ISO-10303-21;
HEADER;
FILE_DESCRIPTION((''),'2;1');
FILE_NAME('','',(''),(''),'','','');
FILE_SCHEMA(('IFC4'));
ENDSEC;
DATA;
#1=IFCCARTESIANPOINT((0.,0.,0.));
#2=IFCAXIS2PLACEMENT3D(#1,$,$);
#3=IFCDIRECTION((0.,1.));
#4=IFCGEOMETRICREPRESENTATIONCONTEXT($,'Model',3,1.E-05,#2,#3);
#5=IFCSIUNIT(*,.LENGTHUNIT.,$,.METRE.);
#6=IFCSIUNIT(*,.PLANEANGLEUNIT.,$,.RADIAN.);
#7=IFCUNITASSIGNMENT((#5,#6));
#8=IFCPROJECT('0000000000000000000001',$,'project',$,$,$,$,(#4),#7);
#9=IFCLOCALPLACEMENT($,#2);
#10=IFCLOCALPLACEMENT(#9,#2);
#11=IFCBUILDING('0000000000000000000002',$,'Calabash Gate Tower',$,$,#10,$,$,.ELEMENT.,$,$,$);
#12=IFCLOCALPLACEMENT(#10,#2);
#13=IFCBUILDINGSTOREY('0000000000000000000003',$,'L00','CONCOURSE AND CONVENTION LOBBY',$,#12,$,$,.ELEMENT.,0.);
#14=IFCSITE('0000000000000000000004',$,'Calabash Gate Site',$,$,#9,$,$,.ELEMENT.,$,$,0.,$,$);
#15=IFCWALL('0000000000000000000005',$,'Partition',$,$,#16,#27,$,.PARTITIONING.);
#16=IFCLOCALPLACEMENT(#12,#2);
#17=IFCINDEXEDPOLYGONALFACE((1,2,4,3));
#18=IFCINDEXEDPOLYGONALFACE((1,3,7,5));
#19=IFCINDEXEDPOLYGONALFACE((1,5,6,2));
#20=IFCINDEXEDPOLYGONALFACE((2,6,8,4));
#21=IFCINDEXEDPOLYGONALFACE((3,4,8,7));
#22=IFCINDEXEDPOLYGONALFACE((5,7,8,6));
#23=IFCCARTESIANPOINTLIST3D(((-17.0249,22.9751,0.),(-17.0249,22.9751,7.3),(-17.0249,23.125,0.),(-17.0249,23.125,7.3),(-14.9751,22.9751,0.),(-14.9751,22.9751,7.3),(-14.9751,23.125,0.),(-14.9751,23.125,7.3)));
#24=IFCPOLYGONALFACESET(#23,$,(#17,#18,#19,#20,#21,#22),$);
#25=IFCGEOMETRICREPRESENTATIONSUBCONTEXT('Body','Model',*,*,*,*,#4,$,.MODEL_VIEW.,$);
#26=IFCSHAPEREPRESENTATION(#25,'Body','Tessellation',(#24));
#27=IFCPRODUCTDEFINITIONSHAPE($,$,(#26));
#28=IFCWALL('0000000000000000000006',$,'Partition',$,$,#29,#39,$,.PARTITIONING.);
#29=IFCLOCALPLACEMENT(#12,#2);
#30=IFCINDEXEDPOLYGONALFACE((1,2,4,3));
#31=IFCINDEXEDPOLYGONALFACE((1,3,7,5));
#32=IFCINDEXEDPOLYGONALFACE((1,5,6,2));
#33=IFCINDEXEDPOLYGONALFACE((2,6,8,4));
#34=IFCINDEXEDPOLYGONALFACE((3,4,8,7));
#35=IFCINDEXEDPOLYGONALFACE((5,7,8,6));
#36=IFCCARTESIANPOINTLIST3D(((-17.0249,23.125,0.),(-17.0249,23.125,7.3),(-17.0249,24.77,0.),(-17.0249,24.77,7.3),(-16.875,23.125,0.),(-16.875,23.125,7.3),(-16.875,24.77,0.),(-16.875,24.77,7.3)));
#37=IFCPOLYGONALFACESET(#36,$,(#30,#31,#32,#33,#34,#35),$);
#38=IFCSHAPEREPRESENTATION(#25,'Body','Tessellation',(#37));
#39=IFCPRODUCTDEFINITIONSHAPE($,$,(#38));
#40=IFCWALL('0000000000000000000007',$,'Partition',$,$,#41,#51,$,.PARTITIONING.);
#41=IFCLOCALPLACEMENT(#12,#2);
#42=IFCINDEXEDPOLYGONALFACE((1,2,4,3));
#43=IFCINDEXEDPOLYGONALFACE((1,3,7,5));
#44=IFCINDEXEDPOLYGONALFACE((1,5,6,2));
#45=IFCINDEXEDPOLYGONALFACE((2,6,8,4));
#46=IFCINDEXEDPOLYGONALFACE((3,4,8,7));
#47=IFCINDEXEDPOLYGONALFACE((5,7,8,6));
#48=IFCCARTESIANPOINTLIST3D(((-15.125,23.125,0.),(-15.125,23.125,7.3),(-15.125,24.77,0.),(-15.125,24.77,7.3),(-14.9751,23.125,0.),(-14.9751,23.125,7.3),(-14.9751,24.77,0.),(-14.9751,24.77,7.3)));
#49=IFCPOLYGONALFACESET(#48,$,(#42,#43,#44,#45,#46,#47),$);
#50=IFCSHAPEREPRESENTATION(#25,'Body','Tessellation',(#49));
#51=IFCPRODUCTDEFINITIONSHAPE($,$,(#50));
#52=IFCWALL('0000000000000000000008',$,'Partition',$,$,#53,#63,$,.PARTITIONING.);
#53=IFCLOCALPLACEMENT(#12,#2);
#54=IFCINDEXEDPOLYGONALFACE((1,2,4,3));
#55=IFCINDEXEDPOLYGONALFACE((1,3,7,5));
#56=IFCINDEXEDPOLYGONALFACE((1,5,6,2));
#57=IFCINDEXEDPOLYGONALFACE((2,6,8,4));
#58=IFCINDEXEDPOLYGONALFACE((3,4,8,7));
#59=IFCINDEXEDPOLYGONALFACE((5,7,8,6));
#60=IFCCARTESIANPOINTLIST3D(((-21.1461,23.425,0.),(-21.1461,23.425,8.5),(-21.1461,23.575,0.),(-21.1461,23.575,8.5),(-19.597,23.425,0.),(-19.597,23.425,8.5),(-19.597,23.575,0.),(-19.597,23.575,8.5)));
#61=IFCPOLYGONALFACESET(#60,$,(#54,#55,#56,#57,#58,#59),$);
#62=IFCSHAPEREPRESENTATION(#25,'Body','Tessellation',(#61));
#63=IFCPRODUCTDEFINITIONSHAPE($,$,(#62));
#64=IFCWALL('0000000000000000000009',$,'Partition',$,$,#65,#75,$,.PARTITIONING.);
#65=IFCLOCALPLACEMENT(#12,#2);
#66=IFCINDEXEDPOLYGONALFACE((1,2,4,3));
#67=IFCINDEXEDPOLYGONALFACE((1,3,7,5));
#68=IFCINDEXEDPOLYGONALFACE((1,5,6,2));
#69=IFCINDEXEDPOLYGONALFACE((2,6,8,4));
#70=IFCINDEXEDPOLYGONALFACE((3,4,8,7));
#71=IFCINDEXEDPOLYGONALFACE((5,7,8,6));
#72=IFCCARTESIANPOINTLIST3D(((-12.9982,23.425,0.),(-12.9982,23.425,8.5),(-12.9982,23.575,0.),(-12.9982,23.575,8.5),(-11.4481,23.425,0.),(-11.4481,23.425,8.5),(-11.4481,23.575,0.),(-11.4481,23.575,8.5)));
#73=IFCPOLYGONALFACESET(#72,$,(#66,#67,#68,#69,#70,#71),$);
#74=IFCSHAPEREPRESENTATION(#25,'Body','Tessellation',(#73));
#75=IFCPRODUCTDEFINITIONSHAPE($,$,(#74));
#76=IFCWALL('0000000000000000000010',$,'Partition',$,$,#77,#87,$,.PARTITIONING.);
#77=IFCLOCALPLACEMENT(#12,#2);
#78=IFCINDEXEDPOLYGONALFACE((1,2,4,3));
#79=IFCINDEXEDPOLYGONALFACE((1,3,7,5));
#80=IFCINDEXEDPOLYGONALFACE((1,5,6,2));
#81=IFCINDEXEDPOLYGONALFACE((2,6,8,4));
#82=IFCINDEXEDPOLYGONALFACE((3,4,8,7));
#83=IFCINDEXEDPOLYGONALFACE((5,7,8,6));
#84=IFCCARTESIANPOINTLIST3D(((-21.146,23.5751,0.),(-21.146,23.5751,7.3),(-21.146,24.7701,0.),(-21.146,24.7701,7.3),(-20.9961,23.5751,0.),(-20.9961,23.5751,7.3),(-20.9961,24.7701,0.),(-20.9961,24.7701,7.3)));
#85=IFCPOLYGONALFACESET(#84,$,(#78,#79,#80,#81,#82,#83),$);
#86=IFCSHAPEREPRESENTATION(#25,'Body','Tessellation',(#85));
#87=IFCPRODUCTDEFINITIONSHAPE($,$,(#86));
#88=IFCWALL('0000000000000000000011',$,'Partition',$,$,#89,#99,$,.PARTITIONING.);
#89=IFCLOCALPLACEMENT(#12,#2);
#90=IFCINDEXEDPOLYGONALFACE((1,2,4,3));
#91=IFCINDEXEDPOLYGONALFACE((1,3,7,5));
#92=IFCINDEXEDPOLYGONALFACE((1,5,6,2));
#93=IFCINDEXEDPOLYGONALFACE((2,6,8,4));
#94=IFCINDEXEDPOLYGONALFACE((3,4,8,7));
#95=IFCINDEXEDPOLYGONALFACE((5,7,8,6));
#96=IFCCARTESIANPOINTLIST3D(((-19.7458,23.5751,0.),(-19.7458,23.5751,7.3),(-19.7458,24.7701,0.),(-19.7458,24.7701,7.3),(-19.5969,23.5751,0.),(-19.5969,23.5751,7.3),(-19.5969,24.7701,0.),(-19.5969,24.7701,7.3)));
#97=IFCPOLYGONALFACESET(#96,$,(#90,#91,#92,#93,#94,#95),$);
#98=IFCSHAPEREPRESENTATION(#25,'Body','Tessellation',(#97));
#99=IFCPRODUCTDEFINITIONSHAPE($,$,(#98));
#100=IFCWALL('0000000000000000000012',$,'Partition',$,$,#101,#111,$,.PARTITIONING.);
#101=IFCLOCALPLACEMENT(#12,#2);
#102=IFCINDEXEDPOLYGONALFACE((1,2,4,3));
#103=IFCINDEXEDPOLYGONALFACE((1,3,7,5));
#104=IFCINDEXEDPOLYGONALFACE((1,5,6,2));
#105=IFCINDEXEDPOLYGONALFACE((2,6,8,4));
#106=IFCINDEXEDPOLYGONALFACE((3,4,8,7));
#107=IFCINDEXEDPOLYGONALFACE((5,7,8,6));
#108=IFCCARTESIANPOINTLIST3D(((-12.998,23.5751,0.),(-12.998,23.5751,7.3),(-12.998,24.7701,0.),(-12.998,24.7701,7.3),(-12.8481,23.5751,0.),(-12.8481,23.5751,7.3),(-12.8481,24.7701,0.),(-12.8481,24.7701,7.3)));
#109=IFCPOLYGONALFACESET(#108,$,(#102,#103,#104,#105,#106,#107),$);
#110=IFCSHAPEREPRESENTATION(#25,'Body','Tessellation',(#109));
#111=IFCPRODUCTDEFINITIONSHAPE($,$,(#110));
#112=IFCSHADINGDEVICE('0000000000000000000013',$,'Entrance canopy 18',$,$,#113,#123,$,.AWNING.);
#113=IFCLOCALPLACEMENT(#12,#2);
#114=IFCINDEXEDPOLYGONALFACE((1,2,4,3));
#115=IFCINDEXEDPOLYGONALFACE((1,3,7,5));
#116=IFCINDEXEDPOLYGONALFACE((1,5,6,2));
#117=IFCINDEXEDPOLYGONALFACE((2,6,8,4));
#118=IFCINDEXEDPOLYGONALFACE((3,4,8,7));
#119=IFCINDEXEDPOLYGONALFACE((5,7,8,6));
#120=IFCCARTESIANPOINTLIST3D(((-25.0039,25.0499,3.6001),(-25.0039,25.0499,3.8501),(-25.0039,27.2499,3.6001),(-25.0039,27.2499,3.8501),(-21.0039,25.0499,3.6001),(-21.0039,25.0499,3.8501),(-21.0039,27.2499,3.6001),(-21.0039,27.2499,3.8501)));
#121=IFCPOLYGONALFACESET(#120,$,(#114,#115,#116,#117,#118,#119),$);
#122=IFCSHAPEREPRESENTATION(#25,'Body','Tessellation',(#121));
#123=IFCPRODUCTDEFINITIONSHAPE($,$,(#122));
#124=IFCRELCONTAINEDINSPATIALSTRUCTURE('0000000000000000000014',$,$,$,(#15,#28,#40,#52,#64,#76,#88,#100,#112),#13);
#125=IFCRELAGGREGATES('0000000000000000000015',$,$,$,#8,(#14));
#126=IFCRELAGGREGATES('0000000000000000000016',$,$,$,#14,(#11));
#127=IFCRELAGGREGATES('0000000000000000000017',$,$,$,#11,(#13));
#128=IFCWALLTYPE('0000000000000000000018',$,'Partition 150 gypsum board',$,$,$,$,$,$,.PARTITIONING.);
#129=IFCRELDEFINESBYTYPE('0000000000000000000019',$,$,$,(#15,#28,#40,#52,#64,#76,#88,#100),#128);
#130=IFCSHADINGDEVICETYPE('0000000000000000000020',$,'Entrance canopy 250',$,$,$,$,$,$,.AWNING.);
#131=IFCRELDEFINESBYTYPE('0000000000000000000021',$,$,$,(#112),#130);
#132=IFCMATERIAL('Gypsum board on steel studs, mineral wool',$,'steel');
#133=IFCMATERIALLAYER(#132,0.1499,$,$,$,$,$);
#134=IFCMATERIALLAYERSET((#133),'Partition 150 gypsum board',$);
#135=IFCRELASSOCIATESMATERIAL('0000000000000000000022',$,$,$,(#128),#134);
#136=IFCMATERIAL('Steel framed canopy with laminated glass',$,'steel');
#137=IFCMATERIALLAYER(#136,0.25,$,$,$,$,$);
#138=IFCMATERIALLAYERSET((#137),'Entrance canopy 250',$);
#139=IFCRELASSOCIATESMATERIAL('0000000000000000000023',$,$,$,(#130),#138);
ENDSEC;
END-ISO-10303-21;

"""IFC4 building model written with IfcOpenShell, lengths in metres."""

from ifc_helpers import new_model, si_unit, direction, frame, frame_2d, origin, origin_2d, place, context, subcontext, project, spatial, rectangle, extrude, material, layer, layer_set, type_object, element, save


model = new_model("IFC4")

# Units and contexts
model_context = context("Model", 3, precision=1e-05, world=origin(), true_north=direction((0.0, 1.0)))
body_context = subcontext(model_context, "Body", "Model", "MODEL_VIEW")
ifc_project = project(units=[si_unit("LENGTHUNIT", "METRE"), si_unit("PLANEANGLEUNIT", "RADIAN")], contexts=[model_context])

# Site, building, storey
site_placement = place(None, origin())
site = spatial("IfcSite", under=ifc_project, at=site_placement, Name="Calabash Gate Site", CompositionType="ELEMENT", RefElevation=0.0)
building_placement = place(site_placement, origin())
building = spatial("IfcBuilding", under=site, at=building_placement, Name="Calabash Gate Tower", CompositionType="ELEMENT")
storey_placement = place(building_placement, origin())
storey = spatial("IfcBuildingStorey", under=building, at=storey_placement, Name="L00", Description="CONCOURSE AND CONVENTION LOBBY", CompositionType="ELEMENT", Elevation=0.0)

# Shared definitions
ifc_material_1 = material(Name="Gypsum board on steel studs, mineral wool", Category="steel")
ifc_layer_1 = layer(ifc_material_1, 0.1499)
ifc_layer_set_1 = layer_set([ifc_layer_1], Name="Partition 150 gypsum board")
wall_type_1 = type_object("IfcWallType", Name="Partition 150 gypsum board", PredefinedType="PARTITIONING", material=ifc_layer_set_1)

# Walls
wall_1_placement = place(storey_placement, frame((-17.0249, 23.05, 0.0), z_axis=(0.0, 0.0, 1.0), x_axis=(1.0, 0.0, 0.0)))
element("IfcWall", 1, at=wall_1_placement, inside=storey, type_object=wall_type_1, Name="Partition", PredefinedType="PARTITIONING", context=body_context, shape_type="SweptSolid", body=[
    extrude(rectangle(XDim=2.0498, YDim=0.1499, at=frame_2d((1.0249, 0.0))), origin(), (0.0, 0.0, 1.0), 7.3),
])
for number, where, z_axis, x_axis, name in (
    (2, (-16.95, 23.125, 0.0), (0.0, 0.0, 1.0), (0.0, 1.0, 0.0), "Partition"),
    (3, (-15.05, 23.125, 0.0), (0.0, 0.0, 1.0), (0.0, 1.0, 0.0), "Partition"),
):
    element("IfcWall", number, at=place(storey_placement, frame(where, z_axis=z_axis, x_axis=x_axis)), inside=storey, type_object=wall_type_1, Name=name, PredefinedType="PARTITIONING", context=body_context, shape_type="SweptSolid", body=[
        extrude(rectangle(XDim=1.645, YDim=0.1499, at=frame_2d((0.8225, 0.0))), origin(), (0.0, 0.0, 1.0), 7.3),
    ])
wall_2_placement = place(storey_placement, frame((-21.146, 23.5, 0.0), z_axis=(0.0, 0.0, 1.0), x_axis=(1.0, 0.0, 0.0)))
element("IfcWall", 4, at=wall_2_placement, inside=storey, type_object=wall_type_1, Name="Partition", PredefinedType="PARTITIONING", context=body_context, shape_type="SweptSolid", body=[
    extrude(rectangle(XDim=1.5491, YDim=0.1499, at=frame_2d((0.7744, 0.0))), origin(), (0.0, 0.0, 1.0), 8.5),
])
wall_3_placement = place(storey_placement, frame((-12.998, 23.5, 0.0), z_axis=(0.0, 0.0, 1.0), x_axis=(1.0, 0.0, 0.0)))
element("IfcWall", 5, at=wall_3_placement, inside=storey, type_object=wall_type_1, Name="Partition", PredefinedType="PARTITIONING", context=body_context, shape_type="SweptSolid", body=[
    extrude(rectangle(XDim=1.55, YDim=0.1499, at=frame_2d((0.7749, 0.0))), origin(), (0.0, 0.0, 1.0), 8.5),
])
wall_4_placement = place(storey_placement, frame((-21.071, 23.575, 0.0), z_axis=(0.0, 0.0, 1.0), x_axis=(0.0, 1.0, 0.0)))
element("IfcWall", 6, at=wall_4_placement, inside=storey, type_object=wall_type_1, Name="Partition", PredefinedType="PARTITIONING", context=body_context, shape_type="SweptSolid", body=[
    extrude(rectangle(XDim=1.1951, YDim=0.1499, at=frame_2d((0.5977, 0.0))), origin(), (0.0, 0.0, 1.0), 7.3),
])
wall_5_placement = place(storey_placement, frame((-19.6714, 23.575, 0.0), z_axis=(0.0, 0.0, 1.0), x_axis=(0.0, 1.0, 0.0)))
element("IfcWall", 7, at=wall_5_placement, inside=storey, type_object=wall_type_1, Name="Partition", PredefinedType="PARTITIONING", context=body_context, shape_type="SweptSolid", body=[
    extrude(rectangle(XDim=1.1951, YDim=0.1489, at=frame_2d((0.5977, 0.0))), origin(), (0.0, 0.0, 1.0), 7.3),
])
wall_6_placement = place(storey_placement, frame((-12.9231, 23.575, 0.0), z_axis=(0.0, 0.0, 1.0), x_axis=(0.0, 1.0, 0.0)))
element("IfcWall", 8, at=wall_6_placement, inside=storey, type_object=wall_type_1, Name="Partition", PredefinedType="PARTITIONING", context=body_context, shape_type="SweptSolid", body=[
    extrude(rectangle(XDim=1.1951, YDim=0.1499, at=frame_2d((0.5977, 0.0))), origin(), (0.0, 0.0, 1.0), 7.3),
])

# Shading device
ifc_material_2 = material(Name="Steel framed canopy with laminated glass", Category="steel")
ifc_layer_2 = layer(ifc_material_2, 0.25)
ifc_layer_set_2 = layer_set([ifc_layer_2], Name="Entrance canopy 250")
shading_device_type = type_object("IfcShadingDeviceType", Name="Entrance canopy 250", PredefinedType="AWNING", material=ifc_layer_set_2)
shading_device_placement = place(storey_placement, frame((-23.0039, 26.1499, 3.6001), z_axis=(0.0, 0.0, 1.0), x_axis=(-1.0, 0.0, 0.0)))
element("IfcShadingDevice", 9, at=shading_device_placement, inside=storey, type_object=shading_device_type, Name="Entrance canopy 18", PredefinedType="AWNING", context=body_context, shape_type="SweptSolid", body=[
    extrude(rectangle(XDim=4.0, YDim=2.2, at=origin_2d()), origin(), (0.0, 0.0, 1.0), 0.25),
])

save(model, "model.ifc")
